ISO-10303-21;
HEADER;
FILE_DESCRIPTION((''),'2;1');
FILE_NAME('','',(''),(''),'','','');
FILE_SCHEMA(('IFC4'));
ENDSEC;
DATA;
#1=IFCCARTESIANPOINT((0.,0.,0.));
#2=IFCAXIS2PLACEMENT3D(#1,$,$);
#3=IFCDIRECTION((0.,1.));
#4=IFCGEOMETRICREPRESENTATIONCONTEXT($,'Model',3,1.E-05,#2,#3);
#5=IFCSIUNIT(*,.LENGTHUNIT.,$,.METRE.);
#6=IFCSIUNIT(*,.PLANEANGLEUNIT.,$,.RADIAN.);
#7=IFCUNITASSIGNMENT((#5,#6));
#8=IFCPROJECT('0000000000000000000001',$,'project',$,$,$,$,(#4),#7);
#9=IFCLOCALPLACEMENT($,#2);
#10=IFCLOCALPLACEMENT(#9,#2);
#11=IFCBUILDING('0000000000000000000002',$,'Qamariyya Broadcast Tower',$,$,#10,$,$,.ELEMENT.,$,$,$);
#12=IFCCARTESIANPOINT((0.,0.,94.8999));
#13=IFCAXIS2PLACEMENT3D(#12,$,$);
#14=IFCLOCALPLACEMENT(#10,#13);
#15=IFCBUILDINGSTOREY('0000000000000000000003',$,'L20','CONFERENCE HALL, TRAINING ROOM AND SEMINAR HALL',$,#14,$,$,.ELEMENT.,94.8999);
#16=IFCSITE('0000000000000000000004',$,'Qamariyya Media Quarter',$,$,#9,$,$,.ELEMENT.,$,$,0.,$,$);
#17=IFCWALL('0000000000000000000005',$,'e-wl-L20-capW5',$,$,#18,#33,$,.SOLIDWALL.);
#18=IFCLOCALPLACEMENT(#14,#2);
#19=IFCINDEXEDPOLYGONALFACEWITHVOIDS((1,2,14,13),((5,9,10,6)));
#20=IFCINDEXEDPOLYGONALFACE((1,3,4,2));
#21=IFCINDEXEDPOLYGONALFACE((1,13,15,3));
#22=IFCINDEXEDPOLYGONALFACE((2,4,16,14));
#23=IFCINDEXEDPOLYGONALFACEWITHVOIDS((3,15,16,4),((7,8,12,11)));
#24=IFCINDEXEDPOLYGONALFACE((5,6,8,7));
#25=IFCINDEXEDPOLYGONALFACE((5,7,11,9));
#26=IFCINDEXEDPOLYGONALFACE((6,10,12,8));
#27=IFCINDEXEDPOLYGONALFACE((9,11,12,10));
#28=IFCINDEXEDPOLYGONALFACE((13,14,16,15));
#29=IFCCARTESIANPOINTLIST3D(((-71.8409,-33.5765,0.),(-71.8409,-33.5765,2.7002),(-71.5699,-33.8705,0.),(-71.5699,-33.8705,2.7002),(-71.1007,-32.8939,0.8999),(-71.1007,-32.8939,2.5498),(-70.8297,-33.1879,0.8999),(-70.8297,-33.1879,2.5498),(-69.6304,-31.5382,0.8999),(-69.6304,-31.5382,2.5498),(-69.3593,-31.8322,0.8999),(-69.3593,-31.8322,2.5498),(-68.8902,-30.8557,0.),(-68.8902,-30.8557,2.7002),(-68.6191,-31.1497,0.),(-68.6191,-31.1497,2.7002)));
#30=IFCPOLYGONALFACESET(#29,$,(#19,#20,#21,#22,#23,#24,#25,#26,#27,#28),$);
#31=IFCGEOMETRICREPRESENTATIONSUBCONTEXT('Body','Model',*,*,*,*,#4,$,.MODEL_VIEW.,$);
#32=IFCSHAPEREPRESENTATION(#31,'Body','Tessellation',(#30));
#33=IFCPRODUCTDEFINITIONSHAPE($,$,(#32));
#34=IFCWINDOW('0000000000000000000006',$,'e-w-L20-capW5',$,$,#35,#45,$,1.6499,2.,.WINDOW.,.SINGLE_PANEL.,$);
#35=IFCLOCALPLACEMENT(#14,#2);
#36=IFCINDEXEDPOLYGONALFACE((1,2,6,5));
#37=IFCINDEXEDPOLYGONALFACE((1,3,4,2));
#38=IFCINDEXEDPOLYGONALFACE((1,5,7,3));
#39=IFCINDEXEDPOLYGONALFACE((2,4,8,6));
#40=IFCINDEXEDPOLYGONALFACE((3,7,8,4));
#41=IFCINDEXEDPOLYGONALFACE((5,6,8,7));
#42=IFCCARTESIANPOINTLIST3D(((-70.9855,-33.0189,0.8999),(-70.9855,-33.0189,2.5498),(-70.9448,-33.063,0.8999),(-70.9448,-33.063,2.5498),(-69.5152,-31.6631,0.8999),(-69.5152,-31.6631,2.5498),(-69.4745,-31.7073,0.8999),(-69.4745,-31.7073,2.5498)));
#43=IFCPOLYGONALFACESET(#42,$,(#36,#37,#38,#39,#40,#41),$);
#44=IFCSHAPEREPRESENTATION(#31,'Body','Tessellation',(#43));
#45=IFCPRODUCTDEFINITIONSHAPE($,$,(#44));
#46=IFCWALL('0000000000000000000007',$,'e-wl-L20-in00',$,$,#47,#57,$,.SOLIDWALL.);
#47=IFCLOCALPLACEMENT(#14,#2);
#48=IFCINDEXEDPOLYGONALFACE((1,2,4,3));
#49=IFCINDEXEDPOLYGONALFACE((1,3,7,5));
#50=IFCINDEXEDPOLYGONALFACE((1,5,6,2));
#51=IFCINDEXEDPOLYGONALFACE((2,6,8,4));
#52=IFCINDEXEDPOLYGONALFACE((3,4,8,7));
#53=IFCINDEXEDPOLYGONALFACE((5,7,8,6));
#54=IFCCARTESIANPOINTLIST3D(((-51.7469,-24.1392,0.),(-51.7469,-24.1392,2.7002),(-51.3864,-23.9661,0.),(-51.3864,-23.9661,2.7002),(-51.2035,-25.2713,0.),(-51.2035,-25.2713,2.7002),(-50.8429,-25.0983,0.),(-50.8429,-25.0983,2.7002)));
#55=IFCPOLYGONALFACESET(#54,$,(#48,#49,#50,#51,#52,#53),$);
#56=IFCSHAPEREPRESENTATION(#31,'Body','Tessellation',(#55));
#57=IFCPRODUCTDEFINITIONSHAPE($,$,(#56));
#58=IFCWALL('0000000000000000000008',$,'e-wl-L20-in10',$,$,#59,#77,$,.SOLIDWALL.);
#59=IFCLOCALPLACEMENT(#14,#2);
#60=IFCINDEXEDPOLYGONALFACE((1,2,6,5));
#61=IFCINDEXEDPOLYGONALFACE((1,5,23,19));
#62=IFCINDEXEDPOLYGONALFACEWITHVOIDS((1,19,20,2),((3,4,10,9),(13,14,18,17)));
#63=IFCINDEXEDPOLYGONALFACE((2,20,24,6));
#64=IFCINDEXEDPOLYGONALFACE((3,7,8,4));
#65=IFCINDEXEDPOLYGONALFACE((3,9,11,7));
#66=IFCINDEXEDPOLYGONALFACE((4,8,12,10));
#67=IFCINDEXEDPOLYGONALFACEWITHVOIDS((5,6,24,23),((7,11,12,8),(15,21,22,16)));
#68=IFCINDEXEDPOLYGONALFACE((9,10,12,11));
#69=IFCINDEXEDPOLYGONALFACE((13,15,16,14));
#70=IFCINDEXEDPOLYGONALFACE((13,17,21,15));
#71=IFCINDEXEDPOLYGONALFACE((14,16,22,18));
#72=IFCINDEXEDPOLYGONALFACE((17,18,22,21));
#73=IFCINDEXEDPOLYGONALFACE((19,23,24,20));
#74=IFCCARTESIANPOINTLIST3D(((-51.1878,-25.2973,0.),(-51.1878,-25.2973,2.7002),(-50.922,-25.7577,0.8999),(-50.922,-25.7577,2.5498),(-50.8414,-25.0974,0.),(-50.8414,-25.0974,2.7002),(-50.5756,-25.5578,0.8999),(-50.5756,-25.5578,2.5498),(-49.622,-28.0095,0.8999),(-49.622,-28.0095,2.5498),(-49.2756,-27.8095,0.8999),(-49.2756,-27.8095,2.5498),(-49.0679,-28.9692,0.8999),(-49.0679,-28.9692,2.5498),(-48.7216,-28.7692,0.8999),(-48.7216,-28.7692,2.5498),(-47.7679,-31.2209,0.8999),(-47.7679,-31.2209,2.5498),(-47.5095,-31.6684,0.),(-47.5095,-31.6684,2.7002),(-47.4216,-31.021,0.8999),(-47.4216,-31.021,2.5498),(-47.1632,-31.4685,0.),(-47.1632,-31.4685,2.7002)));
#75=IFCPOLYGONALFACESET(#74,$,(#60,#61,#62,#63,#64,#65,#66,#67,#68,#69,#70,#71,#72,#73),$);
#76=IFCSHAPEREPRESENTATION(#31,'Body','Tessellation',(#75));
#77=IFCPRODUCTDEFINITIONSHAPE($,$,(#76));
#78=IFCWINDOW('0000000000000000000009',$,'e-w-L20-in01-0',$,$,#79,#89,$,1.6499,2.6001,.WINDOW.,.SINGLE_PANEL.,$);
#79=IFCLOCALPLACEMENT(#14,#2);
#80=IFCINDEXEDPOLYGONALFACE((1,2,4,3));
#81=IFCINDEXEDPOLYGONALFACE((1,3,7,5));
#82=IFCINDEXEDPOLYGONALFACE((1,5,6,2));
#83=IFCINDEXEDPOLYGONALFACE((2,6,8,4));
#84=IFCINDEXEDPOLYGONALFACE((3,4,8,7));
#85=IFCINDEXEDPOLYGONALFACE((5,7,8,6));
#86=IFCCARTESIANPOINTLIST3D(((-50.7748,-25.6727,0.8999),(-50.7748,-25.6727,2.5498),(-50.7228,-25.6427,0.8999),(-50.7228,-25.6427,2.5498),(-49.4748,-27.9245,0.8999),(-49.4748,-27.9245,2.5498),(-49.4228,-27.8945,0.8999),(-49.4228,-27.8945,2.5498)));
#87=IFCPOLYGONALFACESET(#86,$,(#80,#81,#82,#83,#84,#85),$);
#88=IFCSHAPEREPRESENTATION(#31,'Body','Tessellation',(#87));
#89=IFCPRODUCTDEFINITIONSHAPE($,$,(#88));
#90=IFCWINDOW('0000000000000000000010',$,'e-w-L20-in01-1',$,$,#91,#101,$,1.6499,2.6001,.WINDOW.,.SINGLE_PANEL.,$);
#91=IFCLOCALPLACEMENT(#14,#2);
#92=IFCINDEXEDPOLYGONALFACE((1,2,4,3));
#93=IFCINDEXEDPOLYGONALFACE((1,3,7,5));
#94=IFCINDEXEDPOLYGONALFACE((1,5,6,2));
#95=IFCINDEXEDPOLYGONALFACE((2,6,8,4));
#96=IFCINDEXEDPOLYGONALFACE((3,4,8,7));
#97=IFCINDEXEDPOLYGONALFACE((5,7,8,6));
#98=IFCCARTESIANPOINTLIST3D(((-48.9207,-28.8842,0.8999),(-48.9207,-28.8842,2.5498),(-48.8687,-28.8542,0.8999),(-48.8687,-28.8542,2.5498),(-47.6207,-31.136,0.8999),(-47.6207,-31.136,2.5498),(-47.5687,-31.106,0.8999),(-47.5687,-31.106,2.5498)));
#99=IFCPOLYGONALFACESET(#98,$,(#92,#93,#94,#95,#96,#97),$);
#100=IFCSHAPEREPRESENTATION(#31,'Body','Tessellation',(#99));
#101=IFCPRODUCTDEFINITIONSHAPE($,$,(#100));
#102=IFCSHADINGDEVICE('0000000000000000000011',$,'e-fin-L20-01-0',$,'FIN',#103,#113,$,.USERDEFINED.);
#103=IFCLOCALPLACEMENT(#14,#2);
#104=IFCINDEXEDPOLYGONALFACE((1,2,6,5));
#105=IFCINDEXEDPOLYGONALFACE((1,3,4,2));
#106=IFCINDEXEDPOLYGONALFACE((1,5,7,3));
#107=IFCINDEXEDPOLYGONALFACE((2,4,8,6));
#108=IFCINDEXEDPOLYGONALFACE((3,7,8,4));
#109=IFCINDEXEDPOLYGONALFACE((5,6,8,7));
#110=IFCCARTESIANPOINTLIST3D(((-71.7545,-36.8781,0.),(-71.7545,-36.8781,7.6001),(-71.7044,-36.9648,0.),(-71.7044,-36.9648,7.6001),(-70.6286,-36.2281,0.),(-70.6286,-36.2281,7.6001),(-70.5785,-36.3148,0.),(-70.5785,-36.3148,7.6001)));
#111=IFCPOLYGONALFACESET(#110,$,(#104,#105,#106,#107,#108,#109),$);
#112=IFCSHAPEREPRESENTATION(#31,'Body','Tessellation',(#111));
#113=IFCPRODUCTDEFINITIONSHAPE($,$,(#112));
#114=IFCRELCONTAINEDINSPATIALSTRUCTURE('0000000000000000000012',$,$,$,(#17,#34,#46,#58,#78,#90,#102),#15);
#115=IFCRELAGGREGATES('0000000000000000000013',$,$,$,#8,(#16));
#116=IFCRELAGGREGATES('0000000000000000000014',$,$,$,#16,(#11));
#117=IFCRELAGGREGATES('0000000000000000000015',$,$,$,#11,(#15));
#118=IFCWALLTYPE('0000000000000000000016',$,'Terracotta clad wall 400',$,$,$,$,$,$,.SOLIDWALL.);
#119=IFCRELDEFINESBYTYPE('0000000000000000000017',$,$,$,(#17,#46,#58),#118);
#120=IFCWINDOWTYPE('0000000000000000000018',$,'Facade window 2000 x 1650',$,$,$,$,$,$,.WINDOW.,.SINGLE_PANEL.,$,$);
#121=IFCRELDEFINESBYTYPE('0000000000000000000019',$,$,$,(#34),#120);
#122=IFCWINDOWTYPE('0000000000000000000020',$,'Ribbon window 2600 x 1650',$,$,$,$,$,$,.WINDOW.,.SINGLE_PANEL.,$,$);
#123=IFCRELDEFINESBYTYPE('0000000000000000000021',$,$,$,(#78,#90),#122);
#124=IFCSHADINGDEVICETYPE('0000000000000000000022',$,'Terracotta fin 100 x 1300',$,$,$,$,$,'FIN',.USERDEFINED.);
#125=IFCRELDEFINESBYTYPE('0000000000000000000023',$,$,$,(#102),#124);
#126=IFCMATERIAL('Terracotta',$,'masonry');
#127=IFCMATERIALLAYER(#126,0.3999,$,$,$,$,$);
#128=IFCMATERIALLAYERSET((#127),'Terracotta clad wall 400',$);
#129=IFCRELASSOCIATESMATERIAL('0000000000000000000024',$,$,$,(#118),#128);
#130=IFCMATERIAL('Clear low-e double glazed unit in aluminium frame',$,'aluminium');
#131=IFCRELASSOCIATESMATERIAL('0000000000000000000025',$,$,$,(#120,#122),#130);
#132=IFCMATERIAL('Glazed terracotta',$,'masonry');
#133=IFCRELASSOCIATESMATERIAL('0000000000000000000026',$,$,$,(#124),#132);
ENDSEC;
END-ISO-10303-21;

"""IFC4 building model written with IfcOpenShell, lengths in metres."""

from ifc_helpers import new_model, si_unit, direction, frame, frame_2d, origin, origin_2d, place, context, subcontext, project, spatial, rectangle, extrude, material, layer, layer_set, material_profile, profile_set, type_object, element, fill, save


model = new_model("IFC4")

# Units and contexts
model_context = context("Model", 3, precision=1e-05, world=origin(), true_north=direction((0.0, 1.0)))
body_context = subcontext(model_context, "Body", "Model", "MODEL_VIEW")
ifc_project = project(units=[si_unit("LENGTHUNIT", "METRE"), si_unit("PLANEANGLEUNIT", "RADIAN")], contexts=[model_context])

# Site, building, storey
site_placement = place(None, origin())
site = spatial("IfcSite", under=ifc_project, at=site_placement, Name="Qamariyya Media Quarter", CompositionType="ELEMENT", RefElevation=0.0)
building_placement = place(site_placement, origin())
building = spatial("IfcBuilding", under=site, at=building_placement, Name="Qamariyya Broadcast Tower", CompositionType="ELEMENT")
storey_placement = place(building_placement, frame((0.0, 0.0, 94.8999)))
storey = spatial("IfcBuildingStorey", under=building, at=storey_placement, Name="L20", Description="CONFERENCE HALL, TRAINING ROOM AND SEMINAR HALL", CompositionType="ELEMENT", Elevation=94.8999)

# Wall, opening, window
ifc_material_1 = material(Name="Terracotta", Category="masonry")
ifc_layer_1 = layer(ifc_material_1, 0.3999)
ifc_layer_set_1 = layer_set([ifc_layer_1], Name="Terracotta clad wall 400")
wall_type_1 = type_object("IfcWallType", Name="Terracotta clad wall 400", PredefinedType="SOLIDWALL", material=ifc_layer_set_1)
ifc_material_2 = material(Name="Clear low-e double glazed unit in aluminium frame", Category="aluminium")
window_type_1 = type_object("IfcWindowType", Name="Facade window 2000 x 1650", PartitioningType="SINGLE_PANEL", PredefinedType="WINDOW", material=ifc_material_2)
wall_1_placement = place(storey_placement, frame((-68.7546, -31.0027, 0.0), z_axis=(0.0, 0.0, 1.0), x_axis=(-0.735176, -0.677876, 0.0)))
wall_1 = element("IfcWall", 1, at=wall_1_placement, inside=storey, type_object=wall_type_1, Name="e-wl-L20-capW5", PredefinedType="SOLIDWALL", context=body_context, shape_type="SweptSolid", body=[
    extrude(rectangle(XDim=4.0137, YDim=0.3999, at=frame_2d((2.0068, 0.0))), origin(), (0.0, 0.0, 1.0), 2.7002),
])
opening_1_placement = place(wall_1_placement, frame((1.0068, 0.0, 0.8999)))
opening_1 = element("IfcOpeningElement", 2, at=opening_1_placement, cuts=wall_1, PredefinedType="OPENING", context=body_context, shape_type="SweptSolid", body=[
    extrude(rectangle(XDim=2.0, YDim=1.6499, at=frame_2d((1.0, 0.825))), frame((0.0, 0.21, 0.0), z_axis=(0.0, -1.0, 0.0), x_axis=(1.0, 0.0, 0.0)), (0.0, 0.0, 1.0), 0.4199),
])
window_1_placement = place(opening_1_placement, origin())
window_1 = element("IfcWindow", 3, at=window_1_placement, inside=storey, type_object=window_type_1, Name="e-w-L20-capW5", OverallHeight=1.6499, OverallWidth=2.0, PartitioningType="SINGLE_PANEL", PredefinedType="WINDOW", context=body_context, shape_type="SweptSolid", body=[
    extrude(rectangle(XDim=2.0, YDim=1.6499, at=frame_2d((1.0, 0.825))), frame((0.0, 0.03, 0.0), z_axis=(0.0, -1.0, 0.0), x_axis=(1.0, 0.0, 0.0)), (0.0, 0.0, 1.0), 0.0601),
])
fill(opening_1, window_1)

# Wall
wall_2_placement = place(storey_placement, frame((-51.0232, -25.1848, 0.0), z_axis=(0.0, 0.0, 1.0), x_axis=(-0.432769, 0.901505, 0.0)))
element("IfcWall", 4, at=wall_2_placement, inside=storey, type_object=wall_type_1, Name="e-wl-L20-in00", PredefinedType="SOLIDWALL", context=body_context, shape_type="SweptSolid", body=[
    extrude(rectangle(XDim=1.2559, YDim=0.3999, at=frame_2d((0.6279, 0.0))), origin(), (0.0, 0.0, 1.0), 2.7002),
])

# Wall, openings, windows
wall_3_placement = place(storey_placement, frame((-47.3364, -31.5684, 0.0), z_axis=(0.0, 0.0, 1.0), x_axis=(-0.499987, 0.866033, 0.0)))
wall_3 = element("IfcWall", 5, at=wall_3_placement, inside=storey, type_object=wall_type_1, Name="e-wl-L20-in10", PredefinedType="SOLIDWALL", context=body_context, shape_type="SweptSolid", body=[
    extrude(rectangle(XDim=7.3567, YDim=0.3999, at=frame_2d((3.6782, 0.0))), origin(), (0.0, 0.0, 1.0), 2.7002),
])
opening_2_placement = place(wall_3_placement, frame((4.2249, 0.0, 0.8999)))
opening_2 = element("IfcOpeningElement", 6, at=opening_2_placement, cuts=wall_3, PredefinedType="OPENING", context=body_context, shape_type="SweptSolid", body=[
    extrude(rectangle(XDim=2.6001, YDim=1.6499, at=frame_2d((1.3, 0.825))), frame((0.0, 0.21, 0.0), z_axis=(0.0, -1.0, 0.0), x_axis=(1.0, 0.0, 0.0)), (0.0, 0.0, 1.0), 0.4199),
])
opening_3_placement = place(wall_3_placement, frame((0.5166, 0.0, 0.8999)))
opening_3 = element("IfcOpeningElement", 7, at=opening_3_placement, cuts=wall_3, PredefinedType="OPENING", context=body_context, shape_type="SweptSolid", body=[
    extrude(rectangle(XDim=2.6001, YDim=1.6499, at=frame_2d((1.3, 0.825))), frame((0.0, 0.21, 0.0), z_axis=(0.0, -1.0, 0.0), x_axis=(1.0, 0.0, 0.0)), (0.0, 0.0, 1.0), 0.4199),
])
window_type_2 = type_object("IfcWindowType", Name="Ribbon window 2600 x 1650", PartitioningType="SINGLE_PANEL", PredefinedType="WINDOW", material=ifc_material_2)
window_2_placement = place(opening_2_placement, origin())
window_2 = element("IfcWindow", 8, at=window_2_placement, inside=storey, type_object=window_type_2, Name="e-w-L20-in01-0", OverallHeight=1.6499, OverallWidth=2.6001, PartitioningType="SINGLE_PANEL", PredefinedType="WINDOW", context=body_context, shape_type="SweptSolid", body=[
    extrude(rectangle(XDim=2.6001, YDim=1.6499, at=frame_2d((1.3, 0.825))), frame((0.0, 0.03, 0.0), z_axis=(0.0, -1.0, 0.0), x_axis=(1.0, 0.0, 0.0)), (0.0, 0.0, 1.0), 0.0601),
])
fill(opening_2, window_2)
window_3_placement = place(opening_3_placement, origin())
window_3 = element("IfcWindow", 9, at=window_3_placement, inside=storey, type_object=window_type_2, Name="e-w-L20-in01-1", OverallHeight=1.6499, OverallWidth=2.6001, PartitioningType="SINGLE_PANEL", PredefinedType="WINDOW", context=body_context, shape_type="SweptSolid", body=[
    extrude(rectangle(XDim=2.6001, YDim=1.6499, at=frame_2d((1.3, 0.825))), frame((0.0, 0.03, 0.0), z_axis=(0.0, -1.0, 0.0), x_axis=(1.0, 0.0, 0.0)), (0.0, 0.0, 1.0), 0.0601),
])
fill(opening_3, window_3)

# Shading device
ifc_material_3 = material(Name="Glazed terracotta", Category="masonry")
ifc_material_profile_1 = material_profile(ifc_material_3, rectangle(XDim=1.3, YDim=0.1001, at=origin_2d()))
ifc_profile_set_1 = profile_set([ifc_material_profile_1], Name="Glazed terracotta")
shading_device_type = type_object("IfcShadingDeviceType", Name="Terracotta fin 100 x 1300", ElementType="FIN", PredefinedType="USERDEFINED", material=ifc_profile_set_1)
shading_device_placement = place(storey_placement, frame((-71.1665, -36.5964, 0.0), z_axis=(0.0, 0.0, 1.0), x_axis=(-0.866025, -0.5, 0.0)))
element("IfcShadingDevice", 10, at=shading_device_placement, inside=storey, type_object=shading_device_type, Name="e-fin-L20-01-0", ObjectType="FIN", PredefinedType="USERDEFINED", context=body_context, shape_type="SweptSolid", body=[
    extrude(rectangle(XDim=1.3, YDim=0.1001, at=origin_2d()), origin(), (0.0, 0.0, 1.0), 7.6001),
])

save(model, "model.ifc")
